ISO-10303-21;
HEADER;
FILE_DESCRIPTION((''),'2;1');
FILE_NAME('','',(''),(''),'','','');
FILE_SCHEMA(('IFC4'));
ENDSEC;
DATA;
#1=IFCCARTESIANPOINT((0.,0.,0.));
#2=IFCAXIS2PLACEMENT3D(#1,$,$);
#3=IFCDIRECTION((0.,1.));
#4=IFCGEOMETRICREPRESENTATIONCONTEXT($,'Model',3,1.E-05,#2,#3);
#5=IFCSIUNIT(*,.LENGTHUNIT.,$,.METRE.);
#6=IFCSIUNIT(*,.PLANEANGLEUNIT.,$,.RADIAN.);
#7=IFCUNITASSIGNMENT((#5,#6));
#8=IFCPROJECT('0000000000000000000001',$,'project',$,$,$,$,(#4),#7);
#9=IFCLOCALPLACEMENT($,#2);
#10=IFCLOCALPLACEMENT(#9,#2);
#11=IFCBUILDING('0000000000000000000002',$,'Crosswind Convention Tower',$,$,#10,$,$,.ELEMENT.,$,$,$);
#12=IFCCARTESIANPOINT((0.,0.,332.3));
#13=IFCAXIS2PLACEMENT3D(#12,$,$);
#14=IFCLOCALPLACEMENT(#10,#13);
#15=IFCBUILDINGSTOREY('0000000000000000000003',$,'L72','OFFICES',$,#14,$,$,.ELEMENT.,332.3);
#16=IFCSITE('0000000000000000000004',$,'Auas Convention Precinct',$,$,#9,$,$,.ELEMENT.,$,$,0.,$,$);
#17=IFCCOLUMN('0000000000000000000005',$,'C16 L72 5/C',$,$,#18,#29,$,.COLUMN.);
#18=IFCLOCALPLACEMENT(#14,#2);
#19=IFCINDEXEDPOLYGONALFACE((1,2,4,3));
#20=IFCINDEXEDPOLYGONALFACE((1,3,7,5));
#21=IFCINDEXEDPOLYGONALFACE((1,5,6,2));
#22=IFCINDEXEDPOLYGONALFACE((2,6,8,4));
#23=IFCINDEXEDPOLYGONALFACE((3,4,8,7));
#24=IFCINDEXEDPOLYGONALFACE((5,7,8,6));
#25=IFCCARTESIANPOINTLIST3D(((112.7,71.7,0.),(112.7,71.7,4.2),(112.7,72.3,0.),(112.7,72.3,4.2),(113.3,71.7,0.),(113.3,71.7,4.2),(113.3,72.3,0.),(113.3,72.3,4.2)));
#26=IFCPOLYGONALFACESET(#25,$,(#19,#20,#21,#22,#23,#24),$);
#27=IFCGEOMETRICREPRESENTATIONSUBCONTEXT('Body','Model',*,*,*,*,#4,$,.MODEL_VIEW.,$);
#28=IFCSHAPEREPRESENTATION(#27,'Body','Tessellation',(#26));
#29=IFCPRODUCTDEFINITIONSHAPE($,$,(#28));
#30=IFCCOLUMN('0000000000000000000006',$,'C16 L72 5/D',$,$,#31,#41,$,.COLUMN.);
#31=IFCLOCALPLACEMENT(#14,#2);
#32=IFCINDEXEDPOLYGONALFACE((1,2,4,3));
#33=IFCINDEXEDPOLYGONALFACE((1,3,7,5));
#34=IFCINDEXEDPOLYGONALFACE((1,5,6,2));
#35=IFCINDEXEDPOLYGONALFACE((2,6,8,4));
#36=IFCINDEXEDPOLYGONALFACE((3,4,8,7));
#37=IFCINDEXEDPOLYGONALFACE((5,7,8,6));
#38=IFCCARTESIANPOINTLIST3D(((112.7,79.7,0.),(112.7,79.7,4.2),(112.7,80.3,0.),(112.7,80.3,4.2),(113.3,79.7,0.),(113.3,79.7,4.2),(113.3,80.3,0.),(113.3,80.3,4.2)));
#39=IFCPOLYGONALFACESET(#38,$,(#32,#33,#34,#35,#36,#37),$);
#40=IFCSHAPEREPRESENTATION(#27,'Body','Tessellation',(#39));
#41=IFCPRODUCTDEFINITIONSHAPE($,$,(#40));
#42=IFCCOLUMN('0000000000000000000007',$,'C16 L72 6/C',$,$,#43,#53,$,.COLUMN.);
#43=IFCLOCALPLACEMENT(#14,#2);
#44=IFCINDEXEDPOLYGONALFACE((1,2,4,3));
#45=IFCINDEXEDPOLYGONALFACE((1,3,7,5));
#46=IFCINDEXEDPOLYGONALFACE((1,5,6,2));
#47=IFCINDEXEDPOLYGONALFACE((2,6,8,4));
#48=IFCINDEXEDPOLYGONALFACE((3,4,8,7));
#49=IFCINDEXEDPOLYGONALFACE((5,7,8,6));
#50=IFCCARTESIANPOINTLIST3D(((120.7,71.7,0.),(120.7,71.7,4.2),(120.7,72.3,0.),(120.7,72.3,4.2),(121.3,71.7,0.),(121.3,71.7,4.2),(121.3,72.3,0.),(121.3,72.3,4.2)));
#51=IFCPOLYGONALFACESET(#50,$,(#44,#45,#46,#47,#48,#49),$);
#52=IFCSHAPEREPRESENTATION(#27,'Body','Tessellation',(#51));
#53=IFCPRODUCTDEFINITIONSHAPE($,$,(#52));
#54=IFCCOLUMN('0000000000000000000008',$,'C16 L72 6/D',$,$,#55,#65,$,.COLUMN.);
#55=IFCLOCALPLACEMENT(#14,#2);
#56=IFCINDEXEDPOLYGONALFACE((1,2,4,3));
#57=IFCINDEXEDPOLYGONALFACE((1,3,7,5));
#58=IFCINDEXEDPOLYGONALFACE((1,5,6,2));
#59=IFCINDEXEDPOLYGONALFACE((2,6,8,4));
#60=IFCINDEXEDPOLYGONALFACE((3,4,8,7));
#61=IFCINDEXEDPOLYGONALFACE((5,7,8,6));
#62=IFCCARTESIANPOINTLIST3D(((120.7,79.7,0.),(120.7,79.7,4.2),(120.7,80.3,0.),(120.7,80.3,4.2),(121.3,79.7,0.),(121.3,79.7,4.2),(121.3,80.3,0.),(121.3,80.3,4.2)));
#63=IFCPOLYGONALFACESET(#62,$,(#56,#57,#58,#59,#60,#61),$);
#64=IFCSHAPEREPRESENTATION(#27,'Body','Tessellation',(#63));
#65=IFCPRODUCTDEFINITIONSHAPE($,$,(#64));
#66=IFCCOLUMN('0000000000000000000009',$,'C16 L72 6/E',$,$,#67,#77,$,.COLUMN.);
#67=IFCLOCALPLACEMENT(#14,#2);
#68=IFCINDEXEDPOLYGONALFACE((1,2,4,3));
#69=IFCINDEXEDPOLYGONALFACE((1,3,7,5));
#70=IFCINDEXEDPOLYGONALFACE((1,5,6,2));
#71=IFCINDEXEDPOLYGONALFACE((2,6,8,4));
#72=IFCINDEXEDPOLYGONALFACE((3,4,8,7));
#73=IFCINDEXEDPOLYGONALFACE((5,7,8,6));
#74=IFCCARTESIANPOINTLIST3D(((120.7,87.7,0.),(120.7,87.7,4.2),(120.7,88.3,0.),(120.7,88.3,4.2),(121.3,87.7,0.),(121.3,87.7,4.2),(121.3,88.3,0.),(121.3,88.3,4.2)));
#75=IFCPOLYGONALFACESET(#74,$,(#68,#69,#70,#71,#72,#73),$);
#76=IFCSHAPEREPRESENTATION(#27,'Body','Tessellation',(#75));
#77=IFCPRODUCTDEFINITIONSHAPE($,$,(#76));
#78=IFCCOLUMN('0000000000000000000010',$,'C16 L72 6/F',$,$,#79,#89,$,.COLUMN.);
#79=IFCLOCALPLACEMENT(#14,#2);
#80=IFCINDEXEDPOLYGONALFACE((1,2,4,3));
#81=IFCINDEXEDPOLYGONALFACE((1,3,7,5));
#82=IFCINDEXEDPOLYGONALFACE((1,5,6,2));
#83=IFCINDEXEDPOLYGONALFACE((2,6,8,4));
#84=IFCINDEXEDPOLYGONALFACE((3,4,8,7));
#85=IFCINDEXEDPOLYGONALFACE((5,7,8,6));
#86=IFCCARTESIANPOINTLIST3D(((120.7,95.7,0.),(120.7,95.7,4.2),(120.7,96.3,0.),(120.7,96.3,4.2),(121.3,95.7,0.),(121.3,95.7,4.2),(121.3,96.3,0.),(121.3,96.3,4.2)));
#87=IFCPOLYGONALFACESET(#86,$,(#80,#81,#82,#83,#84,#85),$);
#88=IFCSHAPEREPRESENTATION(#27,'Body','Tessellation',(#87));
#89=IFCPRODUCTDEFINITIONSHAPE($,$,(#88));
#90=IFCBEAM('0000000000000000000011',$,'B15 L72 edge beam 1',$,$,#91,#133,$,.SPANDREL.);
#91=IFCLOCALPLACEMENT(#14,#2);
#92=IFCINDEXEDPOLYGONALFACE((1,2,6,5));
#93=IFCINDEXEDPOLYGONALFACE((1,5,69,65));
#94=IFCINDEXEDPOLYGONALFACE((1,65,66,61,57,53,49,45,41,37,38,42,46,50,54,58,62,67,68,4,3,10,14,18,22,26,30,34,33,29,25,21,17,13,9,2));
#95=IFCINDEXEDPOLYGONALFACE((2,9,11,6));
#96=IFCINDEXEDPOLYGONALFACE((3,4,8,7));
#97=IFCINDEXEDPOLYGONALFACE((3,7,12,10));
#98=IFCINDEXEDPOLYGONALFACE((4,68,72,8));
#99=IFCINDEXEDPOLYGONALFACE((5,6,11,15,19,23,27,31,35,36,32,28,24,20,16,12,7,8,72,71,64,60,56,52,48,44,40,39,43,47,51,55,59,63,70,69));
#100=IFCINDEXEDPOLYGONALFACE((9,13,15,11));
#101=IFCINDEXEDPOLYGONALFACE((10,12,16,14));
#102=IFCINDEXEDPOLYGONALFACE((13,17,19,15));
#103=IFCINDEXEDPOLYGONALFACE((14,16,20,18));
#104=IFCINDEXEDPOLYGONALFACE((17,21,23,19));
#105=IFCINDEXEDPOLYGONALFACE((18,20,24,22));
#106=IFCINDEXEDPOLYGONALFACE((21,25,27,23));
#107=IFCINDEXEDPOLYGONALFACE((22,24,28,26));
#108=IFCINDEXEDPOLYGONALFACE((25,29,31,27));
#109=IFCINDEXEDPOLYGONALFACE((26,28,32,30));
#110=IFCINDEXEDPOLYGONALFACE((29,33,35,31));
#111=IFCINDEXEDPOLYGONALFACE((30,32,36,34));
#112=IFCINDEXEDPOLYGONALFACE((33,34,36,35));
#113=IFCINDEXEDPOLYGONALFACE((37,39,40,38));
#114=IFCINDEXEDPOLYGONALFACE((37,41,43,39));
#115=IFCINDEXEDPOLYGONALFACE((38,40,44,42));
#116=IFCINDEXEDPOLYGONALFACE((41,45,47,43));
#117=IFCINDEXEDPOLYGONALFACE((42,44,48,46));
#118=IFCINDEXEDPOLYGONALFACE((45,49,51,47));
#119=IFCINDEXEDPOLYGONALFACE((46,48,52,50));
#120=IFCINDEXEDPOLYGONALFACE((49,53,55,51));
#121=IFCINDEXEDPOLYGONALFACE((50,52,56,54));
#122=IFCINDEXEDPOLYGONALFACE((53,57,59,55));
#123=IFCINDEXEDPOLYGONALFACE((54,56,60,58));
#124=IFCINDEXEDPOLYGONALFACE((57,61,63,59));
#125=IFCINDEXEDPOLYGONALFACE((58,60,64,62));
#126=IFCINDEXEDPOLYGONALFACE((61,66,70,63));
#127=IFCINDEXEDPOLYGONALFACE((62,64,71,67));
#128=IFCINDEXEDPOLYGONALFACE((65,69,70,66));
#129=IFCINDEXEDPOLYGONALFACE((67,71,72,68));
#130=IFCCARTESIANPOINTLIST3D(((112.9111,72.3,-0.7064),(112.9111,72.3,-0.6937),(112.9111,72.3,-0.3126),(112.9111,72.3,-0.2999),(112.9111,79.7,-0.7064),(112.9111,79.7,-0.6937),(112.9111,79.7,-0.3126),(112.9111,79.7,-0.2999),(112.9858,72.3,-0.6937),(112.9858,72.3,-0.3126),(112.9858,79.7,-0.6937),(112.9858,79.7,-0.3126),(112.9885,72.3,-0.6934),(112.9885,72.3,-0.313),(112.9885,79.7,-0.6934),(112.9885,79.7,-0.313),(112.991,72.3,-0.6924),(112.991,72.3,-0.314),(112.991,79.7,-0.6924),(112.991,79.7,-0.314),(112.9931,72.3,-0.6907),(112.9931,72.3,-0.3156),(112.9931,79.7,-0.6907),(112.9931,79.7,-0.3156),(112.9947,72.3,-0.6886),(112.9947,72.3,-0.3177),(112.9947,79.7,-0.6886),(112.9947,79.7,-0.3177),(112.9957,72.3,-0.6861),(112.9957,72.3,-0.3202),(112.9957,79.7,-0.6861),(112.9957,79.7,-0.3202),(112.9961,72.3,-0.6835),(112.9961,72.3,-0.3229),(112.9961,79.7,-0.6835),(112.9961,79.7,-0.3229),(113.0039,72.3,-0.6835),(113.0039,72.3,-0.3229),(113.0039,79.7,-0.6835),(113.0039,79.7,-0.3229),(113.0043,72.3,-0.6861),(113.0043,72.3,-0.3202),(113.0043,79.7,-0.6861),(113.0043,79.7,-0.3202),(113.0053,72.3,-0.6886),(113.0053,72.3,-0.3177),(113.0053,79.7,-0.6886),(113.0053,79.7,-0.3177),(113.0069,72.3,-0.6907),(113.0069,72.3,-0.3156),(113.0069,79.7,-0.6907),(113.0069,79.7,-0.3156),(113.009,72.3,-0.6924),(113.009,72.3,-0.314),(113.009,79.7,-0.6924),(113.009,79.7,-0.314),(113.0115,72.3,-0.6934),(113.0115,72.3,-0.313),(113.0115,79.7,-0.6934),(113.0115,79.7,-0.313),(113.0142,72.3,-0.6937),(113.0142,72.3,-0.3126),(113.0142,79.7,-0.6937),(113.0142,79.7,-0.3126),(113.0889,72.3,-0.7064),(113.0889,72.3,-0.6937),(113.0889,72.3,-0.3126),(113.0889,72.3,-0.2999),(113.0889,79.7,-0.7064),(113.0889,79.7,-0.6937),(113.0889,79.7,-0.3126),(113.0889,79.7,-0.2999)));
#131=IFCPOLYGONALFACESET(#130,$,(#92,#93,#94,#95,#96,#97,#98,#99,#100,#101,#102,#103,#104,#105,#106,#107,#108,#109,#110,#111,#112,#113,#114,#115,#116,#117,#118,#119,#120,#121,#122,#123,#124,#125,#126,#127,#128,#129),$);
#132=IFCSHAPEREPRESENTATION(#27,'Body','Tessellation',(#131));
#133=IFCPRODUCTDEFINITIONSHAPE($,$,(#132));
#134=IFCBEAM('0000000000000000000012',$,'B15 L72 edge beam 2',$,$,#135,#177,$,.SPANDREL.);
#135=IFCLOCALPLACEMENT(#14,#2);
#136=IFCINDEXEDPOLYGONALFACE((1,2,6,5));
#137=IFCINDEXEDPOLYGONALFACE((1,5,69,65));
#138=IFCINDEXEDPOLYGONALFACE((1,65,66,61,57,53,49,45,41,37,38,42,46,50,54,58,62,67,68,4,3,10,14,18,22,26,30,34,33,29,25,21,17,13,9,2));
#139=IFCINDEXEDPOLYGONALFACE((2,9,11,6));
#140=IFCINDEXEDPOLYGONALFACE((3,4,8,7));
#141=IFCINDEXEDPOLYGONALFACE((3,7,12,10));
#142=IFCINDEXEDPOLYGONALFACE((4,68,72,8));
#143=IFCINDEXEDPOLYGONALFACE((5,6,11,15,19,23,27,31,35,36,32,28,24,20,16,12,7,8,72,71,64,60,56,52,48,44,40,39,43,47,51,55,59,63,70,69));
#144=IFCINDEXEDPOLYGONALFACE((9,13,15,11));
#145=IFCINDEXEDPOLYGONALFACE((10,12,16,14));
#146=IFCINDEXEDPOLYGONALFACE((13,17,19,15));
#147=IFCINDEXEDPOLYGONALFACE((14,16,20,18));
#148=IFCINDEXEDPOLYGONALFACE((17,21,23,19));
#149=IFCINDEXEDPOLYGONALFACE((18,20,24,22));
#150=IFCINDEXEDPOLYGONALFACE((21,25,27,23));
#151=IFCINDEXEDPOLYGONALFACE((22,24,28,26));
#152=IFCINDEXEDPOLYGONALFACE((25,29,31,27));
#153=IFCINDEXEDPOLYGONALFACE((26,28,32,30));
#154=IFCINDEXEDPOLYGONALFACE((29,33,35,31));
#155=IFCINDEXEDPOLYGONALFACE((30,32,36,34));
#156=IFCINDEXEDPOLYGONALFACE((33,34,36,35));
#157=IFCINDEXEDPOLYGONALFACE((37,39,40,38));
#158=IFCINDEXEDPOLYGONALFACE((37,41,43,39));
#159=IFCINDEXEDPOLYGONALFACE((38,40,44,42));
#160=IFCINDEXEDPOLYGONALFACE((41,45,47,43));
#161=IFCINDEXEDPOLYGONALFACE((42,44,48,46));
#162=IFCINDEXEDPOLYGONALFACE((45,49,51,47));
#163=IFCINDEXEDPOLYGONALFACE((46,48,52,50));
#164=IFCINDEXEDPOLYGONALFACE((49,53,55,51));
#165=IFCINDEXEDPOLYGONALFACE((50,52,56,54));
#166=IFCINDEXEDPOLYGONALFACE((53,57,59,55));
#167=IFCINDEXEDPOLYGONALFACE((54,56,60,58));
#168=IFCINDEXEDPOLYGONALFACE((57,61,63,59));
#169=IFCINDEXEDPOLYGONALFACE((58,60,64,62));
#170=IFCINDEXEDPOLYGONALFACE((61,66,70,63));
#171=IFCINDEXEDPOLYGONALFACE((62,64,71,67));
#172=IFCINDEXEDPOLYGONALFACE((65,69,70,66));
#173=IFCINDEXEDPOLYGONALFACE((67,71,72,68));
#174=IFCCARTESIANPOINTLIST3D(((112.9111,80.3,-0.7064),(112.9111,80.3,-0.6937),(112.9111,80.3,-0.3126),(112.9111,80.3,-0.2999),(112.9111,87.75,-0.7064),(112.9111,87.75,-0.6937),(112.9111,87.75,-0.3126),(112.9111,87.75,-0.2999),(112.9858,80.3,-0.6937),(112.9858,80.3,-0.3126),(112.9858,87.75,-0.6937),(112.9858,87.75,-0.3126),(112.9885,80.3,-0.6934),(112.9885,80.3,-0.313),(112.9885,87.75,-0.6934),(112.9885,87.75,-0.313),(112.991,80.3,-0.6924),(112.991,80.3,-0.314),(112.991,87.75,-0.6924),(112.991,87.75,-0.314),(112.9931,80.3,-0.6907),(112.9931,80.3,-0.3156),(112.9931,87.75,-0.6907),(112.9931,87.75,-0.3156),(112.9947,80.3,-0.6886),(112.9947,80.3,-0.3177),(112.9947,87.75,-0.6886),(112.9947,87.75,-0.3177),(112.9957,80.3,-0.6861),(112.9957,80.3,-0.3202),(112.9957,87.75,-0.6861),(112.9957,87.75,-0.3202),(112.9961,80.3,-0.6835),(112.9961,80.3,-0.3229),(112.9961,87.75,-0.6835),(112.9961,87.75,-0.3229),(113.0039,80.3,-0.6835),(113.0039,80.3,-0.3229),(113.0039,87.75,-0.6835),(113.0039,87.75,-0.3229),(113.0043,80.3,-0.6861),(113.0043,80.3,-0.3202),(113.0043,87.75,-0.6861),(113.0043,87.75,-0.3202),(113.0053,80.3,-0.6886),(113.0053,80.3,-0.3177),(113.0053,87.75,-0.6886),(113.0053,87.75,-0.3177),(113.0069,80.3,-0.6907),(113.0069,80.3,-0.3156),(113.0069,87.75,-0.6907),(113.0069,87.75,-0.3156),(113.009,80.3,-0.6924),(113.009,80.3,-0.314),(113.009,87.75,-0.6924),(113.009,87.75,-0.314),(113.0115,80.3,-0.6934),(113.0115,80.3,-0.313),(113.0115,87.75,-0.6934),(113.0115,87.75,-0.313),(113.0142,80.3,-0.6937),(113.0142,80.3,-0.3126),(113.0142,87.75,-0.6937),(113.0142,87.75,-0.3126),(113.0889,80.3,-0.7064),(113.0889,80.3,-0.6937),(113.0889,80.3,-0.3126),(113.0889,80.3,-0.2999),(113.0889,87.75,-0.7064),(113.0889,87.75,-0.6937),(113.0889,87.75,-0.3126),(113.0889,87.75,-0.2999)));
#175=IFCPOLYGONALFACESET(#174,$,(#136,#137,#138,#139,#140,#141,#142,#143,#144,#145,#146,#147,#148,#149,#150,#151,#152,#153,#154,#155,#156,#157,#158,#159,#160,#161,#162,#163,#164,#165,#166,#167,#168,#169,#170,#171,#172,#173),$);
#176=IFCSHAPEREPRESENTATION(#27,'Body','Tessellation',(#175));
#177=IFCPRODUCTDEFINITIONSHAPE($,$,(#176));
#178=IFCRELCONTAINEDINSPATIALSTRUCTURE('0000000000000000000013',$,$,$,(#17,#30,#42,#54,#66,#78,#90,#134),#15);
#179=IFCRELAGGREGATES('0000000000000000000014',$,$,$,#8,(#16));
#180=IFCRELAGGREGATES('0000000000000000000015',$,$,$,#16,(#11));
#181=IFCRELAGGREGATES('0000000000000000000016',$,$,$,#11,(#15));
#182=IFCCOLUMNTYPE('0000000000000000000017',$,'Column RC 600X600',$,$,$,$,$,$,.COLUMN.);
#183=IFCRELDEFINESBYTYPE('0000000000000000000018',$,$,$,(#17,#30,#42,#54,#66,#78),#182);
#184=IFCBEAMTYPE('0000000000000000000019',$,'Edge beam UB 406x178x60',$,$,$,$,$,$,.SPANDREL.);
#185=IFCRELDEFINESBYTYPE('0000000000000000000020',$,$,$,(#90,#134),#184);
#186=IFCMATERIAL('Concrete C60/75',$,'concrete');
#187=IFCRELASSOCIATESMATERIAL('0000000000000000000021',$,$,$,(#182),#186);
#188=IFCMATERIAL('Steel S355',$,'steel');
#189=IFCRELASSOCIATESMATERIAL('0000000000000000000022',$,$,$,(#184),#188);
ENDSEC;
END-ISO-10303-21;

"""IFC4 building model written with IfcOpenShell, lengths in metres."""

from ifc_helpers import new_model, si_unit, direction, frame, origin, origin_2d, place, context, subcontext, project, spatial, rectangle, i_section, extrude, material, material_profile, profile_set, type_object, element, save


model = new_model("IFC4")

# Units and contexts
model_context = context("Model", 3, precision=1e-05, world=origin(), true_north=direction((0.0, 1.0)))
body_context = subcontext(model_context, "Body", "Model", "MODEL_VIEW")
ifc_project = project(units=[si_unit("LENGTHUNIT", "METRE"), si_unit("PLANEANGLEUNIT", "RADIAN")], contexts=[model_context])

# Site, building, storey
site_placement = place(None, origin())
site = spatial("IfcSite", under=ifc_project, at=site_placement, Name="Auas Convention Precinct", CompositionType="ELEMENT", RefElevation=0.0)
building_placement = place(site_placement, origin())
building = spatial("IfcBuilding", under=site, at=building_placement, Name="Crosswind Convention Tower", CompositionType="ELEMENT")
storey_placement = place(building_placement, frame((0.0, 0.0, 332.3)))
storey = spatial("IfcBuildingStorey", under=building, at=storey_placement, Name="L72", Description="OFFICES", CompositionType="ELEMENT", Elevation=332.3)

# Columns
ifc_material_1 = material(Name="Concrete C60/75", Category="concrete")
ifc_material_profile_1 = material_profile(ifc_material_1, rectangle(XDim=0.6001, YDim=0.6001, at=origin_2d()), Name="RC 600X600")
ifc_profile_set_1 = profile_set([ifc_material_profile_1], Name="Concrete C60/75")
column_type = type_object("IfcColumnType", Name="Column RC 600X600", PredefinedType="COLUMN", material=ifc_profile_set_1)
for number, where, z_axis, x_axis, name in (
    (1, (113.0, 72.0, 0.0), (0.0, 0.0, 1.0), (1.0, 0.0, 0.0), "C16 L72 5/C"),
    (2, (113.0, 80.0, 0.0), (0.0, 0.0, 1.0), (1.0, 0.0, 0.0), "C16 L72 5/D"),
    (3, (121.0, 72.0, 0.0), (0.0, 0.0, 1.0), (1.0, 0.0, 0.0), "C16 L72 6/C"),
    (4, (121.0, 80.0, 0.0), (0.0, 0.0, 1.0), (1.0, 0.0, 0.0), "C16 L72 6/D"),
    (5, (121.0, 88.0, 0.0), (0.0, 0.0, 1.0), (1.0, 0.0, 0.0), "C16 L72 6/E"),
    (6, (121.0, 96.0, 0.0), (0.0, 0.0, 1.0), (1.0, 0.0, 0.0), "C16 L72 6/F"),
):
    element("IfcColumn", number, at=place(storey_placement, frame(where, z_axis=z_axis, x_axis=x_axis)), inside=storey, type_object=column_type, Name=name, PredefinedType="COLUMN", context=body_context, shape_type="SweptSolid", body=[
        extrude(rectangle(XDim=0.6001, YDim=0.6001, at=origin_2d()), origin(), (0.0, 0.0, 1.0), 4.2),
    ])

# Beams
ifc_material_2 = material(Name="Steel S355", Category="steel")
ifc_material_profile_2 = material_profile(ifc_material_2, i_section(OverallWidth=0.1777, OverallDepth=0.4065, WebThickness=0.0078, FlangeThickness=0.0127, FilletRadius=0.0103, at=origin_2d()), Name="UB 406x178x60")
ifc_profile_set_2 = profile_set([ifc_material_profile_2], Name="Steel S355")
beam_type_1 = type_object("IfcBeamType", Name="Edge beam UB 406x178x60", PredefinedType="SPANDREL", material=ifc_profile_set_2)
beam_1_placement = place(storey_placement, frame((113.0, 72.3, -0.5032), z_axis=(0.0, 1.0, 0.0), x_axis=(-1.0, 0.0, 0.0)))
element("IfcBeam", 7, at=beam_1_placement, inside=storey, type_object=beam_type_1, Name="B15 L72 edge beam 1", PredefinedType="SPANDREL", context=body_context, shape_type="SweptSolid", body=[
    extrude(i_section(OverallWidth=0.1777, OverallDepth=0.4065, WebThickness=0.0078, FlangeThickness=0.0127, FilletRadius=0.0103, at=origin_2d()), origin(), (0.0, 0.0, 1.0), 7.3999),
])
beam_2_placement = place(storey_placement, frame((113.0, 80.3, -0.5032), z_axis=(0.0, 1.0, 0.0), x_axis=(-1.0, 0.0, 0.0)))
element("IfcBeam", 8, at=beam_2_placement, inside=storey, type_object=beam_type_1, Name="B15 L72 edge beam 2", PredefinedType="SPANDREL", context=body_context, shape_type="SweptSolid", body=[
    extrude(i_section(OverallWidth=0.1777, OverallDepth=0.4065, WebThickness=0.0078, FlangeThickness=0.0127, FilletRadius=0.0103, at=origin_2d()), origin(), (0.0, 0.0, 1.0), 7.45),
])

save(model, "model.ifc")
